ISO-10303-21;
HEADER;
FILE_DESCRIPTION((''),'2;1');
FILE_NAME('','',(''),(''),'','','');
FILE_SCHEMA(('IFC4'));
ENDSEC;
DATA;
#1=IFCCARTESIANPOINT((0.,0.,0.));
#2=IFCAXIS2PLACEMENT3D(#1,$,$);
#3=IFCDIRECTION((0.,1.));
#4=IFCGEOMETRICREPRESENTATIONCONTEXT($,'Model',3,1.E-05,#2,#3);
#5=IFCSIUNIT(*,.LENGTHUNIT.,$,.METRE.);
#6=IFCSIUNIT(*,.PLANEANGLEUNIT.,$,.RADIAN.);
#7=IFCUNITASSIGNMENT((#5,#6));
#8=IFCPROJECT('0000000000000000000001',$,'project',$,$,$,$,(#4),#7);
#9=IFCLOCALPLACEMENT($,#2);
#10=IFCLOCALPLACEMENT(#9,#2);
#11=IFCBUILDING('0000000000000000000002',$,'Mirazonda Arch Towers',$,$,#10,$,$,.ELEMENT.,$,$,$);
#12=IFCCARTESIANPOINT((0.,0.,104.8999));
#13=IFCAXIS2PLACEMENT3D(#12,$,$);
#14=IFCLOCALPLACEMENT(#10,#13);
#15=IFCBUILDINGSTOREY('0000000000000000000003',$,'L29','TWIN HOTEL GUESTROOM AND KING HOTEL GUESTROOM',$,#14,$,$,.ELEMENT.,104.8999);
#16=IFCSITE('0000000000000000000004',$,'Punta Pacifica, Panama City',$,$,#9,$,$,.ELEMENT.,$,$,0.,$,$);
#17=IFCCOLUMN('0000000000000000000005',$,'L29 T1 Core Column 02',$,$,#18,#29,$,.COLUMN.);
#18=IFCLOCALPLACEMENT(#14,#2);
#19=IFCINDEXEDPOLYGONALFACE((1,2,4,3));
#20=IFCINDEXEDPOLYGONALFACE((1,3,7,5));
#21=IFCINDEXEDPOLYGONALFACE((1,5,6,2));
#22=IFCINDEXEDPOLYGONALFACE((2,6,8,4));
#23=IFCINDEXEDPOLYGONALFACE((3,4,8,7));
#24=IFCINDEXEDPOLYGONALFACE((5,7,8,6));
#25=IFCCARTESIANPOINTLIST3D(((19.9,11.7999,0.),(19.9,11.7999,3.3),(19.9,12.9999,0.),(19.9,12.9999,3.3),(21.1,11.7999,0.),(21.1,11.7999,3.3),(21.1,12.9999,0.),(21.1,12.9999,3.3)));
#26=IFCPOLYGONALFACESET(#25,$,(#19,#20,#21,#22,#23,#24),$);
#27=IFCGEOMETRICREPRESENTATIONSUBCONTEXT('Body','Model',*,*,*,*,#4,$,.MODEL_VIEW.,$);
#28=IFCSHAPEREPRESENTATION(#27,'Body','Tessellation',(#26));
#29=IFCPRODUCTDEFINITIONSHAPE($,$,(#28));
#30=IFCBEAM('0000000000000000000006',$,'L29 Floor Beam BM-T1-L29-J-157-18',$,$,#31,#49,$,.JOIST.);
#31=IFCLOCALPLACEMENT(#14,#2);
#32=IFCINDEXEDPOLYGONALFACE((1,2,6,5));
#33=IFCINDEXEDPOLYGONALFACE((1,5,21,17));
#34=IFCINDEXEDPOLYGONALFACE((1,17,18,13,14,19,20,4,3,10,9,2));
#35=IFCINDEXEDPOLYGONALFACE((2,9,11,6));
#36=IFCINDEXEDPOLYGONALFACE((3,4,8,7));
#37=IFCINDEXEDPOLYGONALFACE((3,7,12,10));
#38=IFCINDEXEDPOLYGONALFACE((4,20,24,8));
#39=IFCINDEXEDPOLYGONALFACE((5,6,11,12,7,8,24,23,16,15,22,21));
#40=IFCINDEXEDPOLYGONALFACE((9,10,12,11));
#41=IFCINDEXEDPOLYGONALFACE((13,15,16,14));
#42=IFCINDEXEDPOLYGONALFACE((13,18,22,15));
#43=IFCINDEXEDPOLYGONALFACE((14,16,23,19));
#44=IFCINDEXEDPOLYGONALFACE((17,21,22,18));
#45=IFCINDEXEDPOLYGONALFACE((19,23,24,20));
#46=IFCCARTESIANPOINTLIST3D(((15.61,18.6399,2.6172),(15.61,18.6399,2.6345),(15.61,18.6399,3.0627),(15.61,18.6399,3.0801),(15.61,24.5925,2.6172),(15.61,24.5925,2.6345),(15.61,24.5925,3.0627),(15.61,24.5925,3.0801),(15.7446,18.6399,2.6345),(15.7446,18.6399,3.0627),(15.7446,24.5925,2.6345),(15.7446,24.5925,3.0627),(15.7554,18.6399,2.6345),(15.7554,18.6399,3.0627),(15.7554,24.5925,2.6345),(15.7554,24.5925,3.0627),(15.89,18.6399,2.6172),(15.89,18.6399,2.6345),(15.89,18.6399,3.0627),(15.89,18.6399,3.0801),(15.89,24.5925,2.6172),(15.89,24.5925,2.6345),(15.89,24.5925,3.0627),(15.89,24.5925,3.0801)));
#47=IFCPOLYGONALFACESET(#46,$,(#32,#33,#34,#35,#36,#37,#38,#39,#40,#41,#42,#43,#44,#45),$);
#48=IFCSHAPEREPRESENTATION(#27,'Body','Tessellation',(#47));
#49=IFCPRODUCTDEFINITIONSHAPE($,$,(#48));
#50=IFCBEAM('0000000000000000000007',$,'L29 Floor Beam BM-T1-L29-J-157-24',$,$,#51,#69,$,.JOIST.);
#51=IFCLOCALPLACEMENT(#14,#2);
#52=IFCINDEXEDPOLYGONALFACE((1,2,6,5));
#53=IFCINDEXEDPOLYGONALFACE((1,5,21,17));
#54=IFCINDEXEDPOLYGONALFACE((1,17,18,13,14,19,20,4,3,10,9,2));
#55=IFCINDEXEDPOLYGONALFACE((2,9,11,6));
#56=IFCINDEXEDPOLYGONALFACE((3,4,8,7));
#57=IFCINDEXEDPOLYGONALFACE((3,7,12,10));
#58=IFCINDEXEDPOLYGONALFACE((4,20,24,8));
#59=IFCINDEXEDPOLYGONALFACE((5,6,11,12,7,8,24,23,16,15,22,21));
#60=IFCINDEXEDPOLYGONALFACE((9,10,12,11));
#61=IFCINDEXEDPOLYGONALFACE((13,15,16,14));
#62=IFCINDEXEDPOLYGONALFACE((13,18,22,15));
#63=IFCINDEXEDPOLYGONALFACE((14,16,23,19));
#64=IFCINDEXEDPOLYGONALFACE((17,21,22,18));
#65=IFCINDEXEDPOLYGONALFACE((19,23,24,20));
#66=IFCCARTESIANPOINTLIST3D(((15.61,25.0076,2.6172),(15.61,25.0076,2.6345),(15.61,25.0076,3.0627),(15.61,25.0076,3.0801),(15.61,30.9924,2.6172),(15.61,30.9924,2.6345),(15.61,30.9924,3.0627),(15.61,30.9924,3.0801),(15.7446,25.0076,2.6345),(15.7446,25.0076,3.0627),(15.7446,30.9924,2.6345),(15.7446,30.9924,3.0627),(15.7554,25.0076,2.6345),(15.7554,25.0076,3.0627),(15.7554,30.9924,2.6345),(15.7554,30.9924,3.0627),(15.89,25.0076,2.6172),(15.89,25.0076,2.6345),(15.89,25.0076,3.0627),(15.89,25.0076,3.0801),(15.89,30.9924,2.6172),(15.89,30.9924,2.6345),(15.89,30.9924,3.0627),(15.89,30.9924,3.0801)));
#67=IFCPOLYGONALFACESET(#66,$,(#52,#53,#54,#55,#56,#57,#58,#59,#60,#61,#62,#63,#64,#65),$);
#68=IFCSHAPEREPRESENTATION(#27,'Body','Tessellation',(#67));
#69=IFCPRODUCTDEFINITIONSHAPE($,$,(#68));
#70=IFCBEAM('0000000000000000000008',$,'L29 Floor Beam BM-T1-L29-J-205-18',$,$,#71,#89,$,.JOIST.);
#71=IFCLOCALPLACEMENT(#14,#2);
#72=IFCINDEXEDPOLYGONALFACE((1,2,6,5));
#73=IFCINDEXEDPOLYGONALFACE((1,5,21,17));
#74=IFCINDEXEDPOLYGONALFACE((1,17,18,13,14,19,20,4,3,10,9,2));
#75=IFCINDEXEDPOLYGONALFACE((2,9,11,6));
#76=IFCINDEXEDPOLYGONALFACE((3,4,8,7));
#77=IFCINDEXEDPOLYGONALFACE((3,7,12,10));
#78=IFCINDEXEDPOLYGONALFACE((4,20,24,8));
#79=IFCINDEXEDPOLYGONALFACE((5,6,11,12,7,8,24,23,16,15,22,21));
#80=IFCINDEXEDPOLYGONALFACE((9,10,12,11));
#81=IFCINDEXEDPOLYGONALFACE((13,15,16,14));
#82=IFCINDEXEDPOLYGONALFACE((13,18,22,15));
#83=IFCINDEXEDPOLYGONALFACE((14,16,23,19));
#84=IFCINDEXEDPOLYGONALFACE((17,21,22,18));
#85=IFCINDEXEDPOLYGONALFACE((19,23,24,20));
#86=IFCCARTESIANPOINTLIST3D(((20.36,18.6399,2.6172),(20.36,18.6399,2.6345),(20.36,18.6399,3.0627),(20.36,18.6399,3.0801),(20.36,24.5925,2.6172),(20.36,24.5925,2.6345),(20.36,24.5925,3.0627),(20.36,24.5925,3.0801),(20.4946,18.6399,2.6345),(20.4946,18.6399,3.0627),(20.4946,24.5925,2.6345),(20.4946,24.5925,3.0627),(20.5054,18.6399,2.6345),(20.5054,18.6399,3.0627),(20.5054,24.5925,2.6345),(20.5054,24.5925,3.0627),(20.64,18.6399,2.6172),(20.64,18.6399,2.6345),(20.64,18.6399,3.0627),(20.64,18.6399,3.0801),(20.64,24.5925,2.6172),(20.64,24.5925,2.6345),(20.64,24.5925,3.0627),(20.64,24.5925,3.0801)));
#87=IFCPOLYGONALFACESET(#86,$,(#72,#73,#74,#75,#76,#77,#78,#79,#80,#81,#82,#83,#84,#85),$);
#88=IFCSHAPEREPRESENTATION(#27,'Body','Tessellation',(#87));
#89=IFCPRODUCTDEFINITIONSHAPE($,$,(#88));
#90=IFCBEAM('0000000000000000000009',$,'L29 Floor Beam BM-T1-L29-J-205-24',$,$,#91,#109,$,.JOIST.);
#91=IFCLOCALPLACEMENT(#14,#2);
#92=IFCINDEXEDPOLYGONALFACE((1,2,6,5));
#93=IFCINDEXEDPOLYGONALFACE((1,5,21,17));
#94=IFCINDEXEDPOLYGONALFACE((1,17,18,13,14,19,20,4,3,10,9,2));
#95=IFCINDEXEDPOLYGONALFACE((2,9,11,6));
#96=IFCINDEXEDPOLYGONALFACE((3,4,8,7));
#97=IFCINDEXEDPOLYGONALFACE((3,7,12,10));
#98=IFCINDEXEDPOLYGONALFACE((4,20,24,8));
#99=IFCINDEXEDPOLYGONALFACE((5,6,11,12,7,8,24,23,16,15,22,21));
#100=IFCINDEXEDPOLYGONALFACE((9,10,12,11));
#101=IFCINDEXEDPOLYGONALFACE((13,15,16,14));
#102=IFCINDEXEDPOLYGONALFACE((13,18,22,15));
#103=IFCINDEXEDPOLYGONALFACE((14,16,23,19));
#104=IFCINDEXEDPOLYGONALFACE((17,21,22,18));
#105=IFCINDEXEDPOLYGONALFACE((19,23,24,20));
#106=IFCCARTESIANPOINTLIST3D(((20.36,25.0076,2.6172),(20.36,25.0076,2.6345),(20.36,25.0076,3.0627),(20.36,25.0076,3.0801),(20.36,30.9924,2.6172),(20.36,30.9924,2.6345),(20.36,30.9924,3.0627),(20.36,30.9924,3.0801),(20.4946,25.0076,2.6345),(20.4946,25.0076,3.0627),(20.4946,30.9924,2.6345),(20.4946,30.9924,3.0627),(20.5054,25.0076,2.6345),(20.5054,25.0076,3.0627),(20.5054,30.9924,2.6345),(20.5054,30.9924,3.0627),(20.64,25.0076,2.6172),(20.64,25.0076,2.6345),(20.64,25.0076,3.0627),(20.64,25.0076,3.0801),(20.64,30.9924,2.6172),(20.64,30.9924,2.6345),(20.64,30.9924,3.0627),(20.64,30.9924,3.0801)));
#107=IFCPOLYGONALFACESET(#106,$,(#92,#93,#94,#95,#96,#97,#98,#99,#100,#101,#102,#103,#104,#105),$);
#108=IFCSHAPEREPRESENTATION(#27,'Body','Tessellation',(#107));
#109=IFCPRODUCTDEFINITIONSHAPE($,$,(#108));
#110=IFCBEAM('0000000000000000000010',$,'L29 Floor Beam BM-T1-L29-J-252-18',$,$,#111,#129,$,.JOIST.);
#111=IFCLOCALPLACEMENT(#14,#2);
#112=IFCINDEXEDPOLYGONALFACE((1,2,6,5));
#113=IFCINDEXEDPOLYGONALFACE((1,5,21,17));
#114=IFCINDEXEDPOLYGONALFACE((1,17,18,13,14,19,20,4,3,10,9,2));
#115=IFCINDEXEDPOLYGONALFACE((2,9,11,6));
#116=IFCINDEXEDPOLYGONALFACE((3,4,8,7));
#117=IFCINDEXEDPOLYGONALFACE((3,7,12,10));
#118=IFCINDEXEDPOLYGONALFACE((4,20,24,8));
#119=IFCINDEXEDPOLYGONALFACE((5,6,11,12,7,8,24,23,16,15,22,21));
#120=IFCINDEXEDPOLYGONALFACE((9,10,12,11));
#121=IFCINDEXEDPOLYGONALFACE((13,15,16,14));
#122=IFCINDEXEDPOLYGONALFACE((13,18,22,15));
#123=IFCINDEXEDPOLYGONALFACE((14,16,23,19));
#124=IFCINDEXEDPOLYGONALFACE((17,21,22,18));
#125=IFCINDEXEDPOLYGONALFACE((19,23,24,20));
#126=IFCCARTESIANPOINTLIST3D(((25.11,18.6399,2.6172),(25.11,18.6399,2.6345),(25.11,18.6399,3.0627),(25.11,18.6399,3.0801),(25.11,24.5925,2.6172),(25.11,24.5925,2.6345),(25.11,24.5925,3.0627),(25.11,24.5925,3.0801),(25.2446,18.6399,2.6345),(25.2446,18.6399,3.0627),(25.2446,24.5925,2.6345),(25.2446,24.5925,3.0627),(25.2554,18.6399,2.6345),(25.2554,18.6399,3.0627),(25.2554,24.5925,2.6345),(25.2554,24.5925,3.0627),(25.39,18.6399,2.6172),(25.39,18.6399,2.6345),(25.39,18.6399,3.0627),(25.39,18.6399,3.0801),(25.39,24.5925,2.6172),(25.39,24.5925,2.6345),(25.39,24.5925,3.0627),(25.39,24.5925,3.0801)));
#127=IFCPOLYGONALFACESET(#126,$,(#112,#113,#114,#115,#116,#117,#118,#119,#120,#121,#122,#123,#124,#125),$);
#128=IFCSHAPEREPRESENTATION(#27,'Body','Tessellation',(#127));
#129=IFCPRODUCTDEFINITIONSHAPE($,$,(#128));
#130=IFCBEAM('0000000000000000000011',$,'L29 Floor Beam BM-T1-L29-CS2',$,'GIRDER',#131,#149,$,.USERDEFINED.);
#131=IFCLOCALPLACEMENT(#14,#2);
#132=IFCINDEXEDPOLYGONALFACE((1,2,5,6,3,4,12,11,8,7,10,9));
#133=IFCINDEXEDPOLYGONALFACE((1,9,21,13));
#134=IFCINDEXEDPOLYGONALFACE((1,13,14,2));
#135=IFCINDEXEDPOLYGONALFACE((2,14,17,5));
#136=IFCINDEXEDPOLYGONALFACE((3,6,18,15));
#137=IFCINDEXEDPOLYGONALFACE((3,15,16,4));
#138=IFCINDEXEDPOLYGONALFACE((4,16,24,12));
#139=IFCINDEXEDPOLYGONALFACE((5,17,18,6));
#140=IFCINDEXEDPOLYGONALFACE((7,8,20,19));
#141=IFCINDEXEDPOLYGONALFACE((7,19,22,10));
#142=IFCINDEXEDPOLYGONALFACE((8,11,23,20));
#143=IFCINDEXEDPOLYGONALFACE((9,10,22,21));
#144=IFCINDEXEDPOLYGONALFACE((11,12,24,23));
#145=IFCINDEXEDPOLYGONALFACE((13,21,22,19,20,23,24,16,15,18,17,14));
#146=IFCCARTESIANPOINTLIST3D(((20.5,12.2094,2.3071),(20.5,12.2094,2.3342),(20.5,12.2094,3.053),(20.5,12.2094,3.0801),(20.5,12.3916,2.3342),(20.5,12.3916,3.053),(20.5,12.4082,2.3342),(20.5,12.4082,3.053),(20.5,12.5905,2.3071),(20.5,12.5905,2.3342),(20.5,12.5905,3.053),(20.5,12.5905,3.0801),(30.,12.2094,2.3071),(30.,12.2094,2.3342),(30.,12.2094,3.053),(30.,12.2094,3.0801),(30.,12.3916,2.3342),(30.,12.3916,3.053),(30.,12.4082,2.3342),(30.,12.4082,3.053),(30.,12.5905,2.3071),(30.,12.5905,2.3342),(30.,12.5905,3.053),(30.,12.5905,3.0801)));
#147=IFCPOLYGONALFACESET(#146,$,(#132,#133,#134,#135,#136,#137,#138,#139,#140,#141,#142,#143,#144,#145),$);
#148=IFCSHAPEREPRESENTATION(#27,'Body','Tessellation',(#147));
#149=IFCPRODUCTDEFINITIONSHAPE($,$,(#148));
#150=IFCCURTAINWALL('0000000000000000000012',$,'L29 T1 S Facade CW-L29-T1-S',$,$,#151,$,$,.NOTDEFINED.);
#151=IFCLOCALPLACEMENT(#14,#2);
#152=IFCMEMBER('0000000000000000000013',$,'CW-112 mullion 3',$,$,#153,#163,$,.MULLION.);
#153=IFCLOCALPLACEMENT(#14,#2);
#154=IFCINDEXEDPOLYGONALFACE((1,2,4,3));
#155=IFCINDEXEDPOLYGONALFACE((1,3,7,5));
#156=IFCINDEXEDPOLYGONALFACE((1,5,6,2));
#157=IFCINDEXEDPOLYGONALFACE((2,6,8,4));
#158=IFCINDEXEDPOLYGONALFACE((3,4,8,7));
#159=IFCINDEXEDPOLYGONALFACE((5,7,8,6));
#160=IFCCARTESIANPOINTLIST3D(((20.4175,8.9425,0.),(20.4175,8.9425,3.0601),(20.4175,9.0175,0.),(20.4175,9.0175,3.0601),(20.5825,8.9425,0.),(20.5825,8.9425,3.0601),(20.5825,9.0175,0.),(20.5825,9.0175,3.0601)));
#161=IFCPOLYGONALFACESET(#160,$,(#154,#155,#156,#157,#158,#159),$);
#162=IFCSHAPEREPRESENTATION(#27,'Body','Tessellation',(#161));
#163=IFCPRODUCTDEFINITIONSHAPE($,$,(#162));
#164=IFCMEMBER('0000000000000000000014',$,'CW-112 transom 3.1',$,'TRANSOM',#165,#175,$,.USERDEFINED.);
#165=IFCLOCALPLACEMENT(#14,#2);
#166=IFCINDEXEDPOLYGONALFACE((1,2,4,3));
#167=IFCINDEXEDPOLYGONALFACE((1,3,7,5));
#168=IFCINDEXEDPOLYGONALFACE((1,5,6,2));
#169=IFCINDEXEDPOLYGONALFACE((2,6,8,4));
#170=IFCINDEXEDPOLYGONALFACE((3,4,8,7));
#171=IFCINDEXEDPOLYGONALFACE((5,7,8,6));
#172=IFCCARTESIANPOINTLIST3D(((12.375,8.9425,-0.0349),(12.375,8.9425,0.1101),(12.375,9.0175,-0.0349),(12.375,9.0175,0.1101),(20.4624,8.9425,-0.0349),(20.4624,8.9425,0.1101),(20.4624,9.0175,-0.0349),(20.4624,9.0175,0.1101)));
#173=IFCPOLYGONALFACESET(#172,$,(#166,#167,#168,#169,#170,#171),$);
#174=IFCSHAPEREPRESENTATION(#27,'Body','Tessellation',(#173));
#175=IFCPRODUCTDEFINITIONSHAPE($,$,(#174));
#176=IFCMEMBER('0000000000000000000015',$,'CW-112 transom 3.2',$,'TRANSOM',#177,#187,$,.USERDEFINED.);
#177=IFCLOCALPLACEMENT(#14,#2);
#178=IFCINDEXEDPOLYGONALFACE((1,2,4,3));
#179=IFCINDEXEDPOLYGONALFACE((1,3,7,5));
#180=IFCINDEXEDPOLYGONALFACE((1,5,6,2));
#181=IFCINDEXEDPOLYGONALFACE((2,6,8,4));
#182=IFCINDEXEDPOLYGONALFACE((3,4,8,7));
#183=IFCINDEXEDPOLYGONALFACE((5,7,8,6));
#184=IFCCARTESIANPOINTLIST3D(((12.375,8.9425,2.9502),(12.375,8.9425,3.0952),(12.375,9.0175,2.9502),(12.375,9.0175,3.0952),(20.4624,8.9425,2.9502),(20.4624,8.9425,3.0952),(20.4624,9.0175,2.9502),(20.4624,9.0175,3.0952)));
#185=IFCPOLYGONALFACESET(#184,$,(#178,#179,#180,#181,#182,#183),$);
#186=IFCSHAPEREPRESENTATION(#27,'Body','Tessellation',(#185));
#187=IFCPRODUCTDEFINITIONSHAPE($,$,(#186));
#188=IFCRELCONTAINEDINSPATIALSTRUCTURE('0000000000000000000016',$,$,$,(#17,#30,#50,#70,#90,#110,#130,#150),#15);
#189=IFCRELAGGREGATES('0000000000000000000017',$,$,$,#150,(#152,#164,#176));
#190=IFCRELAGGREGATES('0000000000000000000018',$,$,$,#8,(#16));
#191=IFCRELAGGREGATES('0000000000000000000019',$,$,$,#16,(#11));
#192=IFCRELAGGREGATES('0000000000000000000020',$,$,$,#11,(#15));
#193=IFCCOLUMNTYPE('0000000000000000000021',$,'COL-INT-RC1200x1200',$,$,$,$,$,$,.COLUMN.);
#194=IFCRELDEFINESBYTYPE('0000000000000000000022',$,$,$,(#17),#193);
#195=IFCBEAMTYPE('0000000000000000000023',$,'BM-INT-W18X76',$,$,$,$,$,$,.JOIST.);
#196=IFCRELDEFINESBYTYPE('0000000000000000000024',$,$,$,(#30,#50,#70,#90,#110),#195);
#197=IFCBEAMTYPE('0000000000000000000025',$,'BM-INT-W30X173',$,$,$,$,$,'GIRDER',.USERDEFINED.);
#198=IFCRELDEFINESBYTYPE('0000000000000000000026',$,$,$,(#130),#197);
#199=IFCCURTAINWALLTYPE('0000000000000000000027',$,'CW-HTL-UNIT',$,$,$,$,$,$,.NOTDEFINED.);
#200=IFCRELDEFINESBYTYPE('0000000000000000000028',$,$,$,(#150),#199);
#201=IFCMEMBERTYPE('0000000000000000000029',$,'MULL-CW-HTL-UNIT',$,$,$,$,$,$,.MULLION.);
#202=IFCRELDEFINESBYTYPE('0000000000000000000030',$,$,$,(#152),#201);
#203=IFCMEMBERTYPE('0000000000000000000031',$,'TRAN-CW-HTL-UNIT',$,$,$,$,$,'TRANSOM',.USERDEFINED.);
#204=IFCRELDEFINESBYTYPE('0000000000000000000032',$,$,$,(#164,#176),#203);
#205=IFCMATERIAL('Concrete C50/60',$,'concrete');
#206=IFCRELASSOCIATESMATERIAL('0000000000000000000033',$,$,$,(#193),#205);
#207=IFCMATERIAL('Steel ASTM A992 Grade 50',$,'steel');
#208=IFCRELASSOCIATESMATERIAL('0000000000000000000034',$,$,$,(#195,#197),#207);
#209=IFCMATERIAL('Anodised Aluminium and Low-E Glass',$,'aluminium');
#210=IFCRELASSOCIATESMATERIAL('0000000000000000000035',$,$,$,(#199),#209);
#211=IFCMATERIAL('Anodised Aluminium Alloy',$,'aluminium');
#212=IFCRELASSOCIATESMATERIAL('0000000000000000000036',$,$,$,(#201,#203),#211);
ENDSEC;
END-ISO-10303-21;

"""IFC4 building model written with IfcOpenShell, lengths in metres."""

from ifc_helpers import new_model, si_unit, direction, frame, origin, origin_2d, place, context, subcontext, project, spatial, rectangle, i_section, extrude, material, material_profile, profile_set, type_object, element, aggregate, save


model = new_model("IFC4")

# Units and contexts
model_context = context("Model", 3, precision=1e-05, world=origin(), true_north=direction((0.0, 1.0)))
body_context = subcontext(model_context, "Body", "Model", "MODEL_VIEW")
ifc_project = project(units=[si_unit("LENGTHUNIT", "METRE"), si_unit("PLANEANGLEUNIT", "RADIAN")], contexts=[model_context])

# Site, building, storey
site_placement = place(None, origin())
site = spatial("IfcSite", under=ifc_project, at=site_placement, Name="Punta Pacifica, Panama City", CompositionType="ELEMENT", RefElevation=0.0)
building_placement = place(site_placement, origin())
building = spatial("IfcBuilding", under=site, at=building_placement, Name="Mirazonda Arch Towers", CompositionType="ELEMENT")
storey_placement = place(building_placement, frame((0.0, 0.0, 104.8999)))
storey = spatial("IfcBuildingStorey", under=building, at=storey_placement, Name="L29", Description="TWIN HOTEL GUESTROOM AND KING HOTEL GUESTROOM", CompositionType="ELEMENT", Elevation=104.8999)

# Column
ifc_material_1 = material(Name="Concrete C50/60", Category="concrete")
ifc_material_profile_1 = material_profile(ifc_material_1, rectangle(XDim=1.2, YDim=1.2, at=origin_2d()), Name="RC1200x1200")
ifc_profile_set_1 = profile_set([ifc_material_profile_1], Name="Concrete C50/60")
column_type = type_object("IfcColumnType", Name="COL-INT-RC1200x1200", PredefinedType="COLUMN", material=ifc_profile_set_1)
column_placement = place(storey_placement, frame((20.5, 12.3999, 0.0), z_axis=(0.0, 0.0, 1.0), x_axis=(1.0, 0.0, 0.0)))
element("IfcColumn", 1, at=column_placement, inside=storey, type_object=column_type, Name="L29 T1 Core Column 02", PredefinedType="COLUMN", context=body_context, shape_type="SweptSolid", body=[
    extrude(rectangle(XDim=1.2, YDim=1.2, at=origin_2d()), origin(), (0.0, 0.0, 1.0), 3.3),
])

# Beams
ifc_material_2 = material(Name="Steel ASTM A992 Grade 50", Category="steel")
ifc_material_profile_2 = material_profile(ifc_material_2, i_section(OverallWidth=0.28, OverallDepth=0.4629, WebThickness=0.0107, FlangeThickness=0.0173, at=origin_2d()), Name="W18X76")
ifc_profile_set_2 = profile_set([ifc_material_profile_2], Name="Steel ASTM A992 Grade 50")
beam_type_1 = type_object("IfcBeamType", Name="BM-INT-W18X76", PredefinedType="JOIST", material=ifc_profile_set_2)
beam_1_placement = place(storey_placement, frame((15.75, 18.6399, 2.8486), z_axis=(0.0, 1.0, 0.0), x_axis=(-1.0, 0.0, 0.0)))
element("IfcBeam", 2, at=beam_1_placement, inside=storey, type_object=beam_type_1, Name="L29 Floor Beam BM-T1-L29-J-157-18", PredefinedType="JOIST", context=body_context, shape_type="SweptSolid", body=[
    extrude(i_section(OverallWidth=0.28, OverallDepth=0.4629, WebThickness=0.0107, FlangeThickness=0.0173, at=origin_2d()), origin(), (0.0, 0.0, 1.0), 5.9526),
])
beam_2_placement = place(storey_placement, frame((15.75, 25.0076, 2.8486), z_axis=(0.0, 1.0, 0.0), x_axis=(-1.0, 0.0, 0.0)))
element("IfcBeam", 3, at=beam_2_placement, inside=storey, type_object=beam_type_1, Name="L29 Floor Beam BM-T1-L29-J-157-24", PredefinedType="JOIST", context=body_context, shape_type="SweptSolid", body=[
    extrude(i_section(OverallWidth=0.28, OverallDepth=0.4629, WebThickness=0.0107, FlangeThickness=0.0173, at=origin_2d()), origin(), (0.0, 0.0, 1.0), 5.9849),
])
beam_3_placement = place(storey_placement, frame((20.5, 18.6399, 2.8486), z_axis=(0.0, 1.0, 0.0), x_axis=(-1.0, 0.0, 0.0)))
element("IfcBeam", 4, at=beam_3_placement, inside=storey, type_object=beam_type_1, Name="L29 Floor Beam BM-T1-L29-J-205-18", PredefinedType="JOIST", context=body_context, shape_type="SweptSolid", body=[
    extrude(i_section(OverallWidth=0.28, OverallDepth=0.4629, WebThickness=0.0107, FlangeThickness=0.0173, at=origin_2d()), origin(), (0.0, 0.0, 1.0), 5.9526),
])
beam_4_placement = place(storey_placement, frame((20.5, 25.0076, 2.8486), z_axis=(0.0, 1.0, 0.0), x_axis=(-1.0, 0.0, 0.0)))
element("IfcBeam", 5, at=beam_4_placement, inside=storey, type_object=beam_type_1, Name="L29 Floor Beam BM-T1-L29-J-205-24", PredefinedType="JOIST", context=body_context, shape_type="SweptSolid", body=[
    extrude(i_section(OverallWidth=0.28, OverallDepth=0.4629, WebThickness=0.0107, FlangeThickness=0.0173, at=origin_2d()), origin(), (0.0, 0.0, 1.0), 5.9849),
])
beam_5_placement = place(storey_placement, frame((25.25, 18.6399, 2.8486), z_axis=(0.0, 1.0, 0.0), x_axis=(-1.0, 0.0, 0.0)))
element("IfcBeam", 6, at=beam_5_placement, inside=storey, type_object=beam_type_1, Name="L29 Floor Beam BM-T1-L29-J-252-18", PredefinedType="JOIST", context=body_context, shape_type="SweptSolid", body=[
    extrude(i_section(OverallWidth=0.28, OverallDepth=0.4629, WebThickness=0.0107, FlangeThickness=0.0173, at=origin_2d()), origin(), (0.0, 0.0, 1.0), 5.9526),
])
ifc_material_profile_3 = material_profile(ifc_material_2, i_section(OverallWidth=0.3811, OverallDepth=0.7729, WebThickness=0.0166, FlangeThickness=0.0271, at=origin_2d()), Name="W30X173")
ifc_profile_set_3 = profile_set([ifc_material_profile_3], Name="Steel ASTM A992 Grade 50")
beam_type_2 = type_object("IfcBeamType", Name="BM-INT-W30X173", ElementType="GIRDER", PredefinedType="USERDEFINED", material=ifc_profile_set_3)
beam_6_placement = place(storey_placement, frame((20.5, 12.3999, 2.6936), z_axis=(1.0, 0.0, 0.0), x_axis=(0.0, 1.0, 0.0)))
element("IfcBeam", 7, at=beam_6_placement, inside=storey, type_object=beam_type_2, Name="L29 Floor Beam BM-T1-L29-CS2", ObjectType="GIRDER", PredefinedType="USERDEFINED", context=body_context, shape_type="SweptSolid", body=[
    extrude(i_section(OverallWidth=0.3811, OverallDepth=0.7729, WebThickness=0.0166, FlangeThickness=0.0271, at=origin_2d()), origin(), (0.0, 0.0, 1.0), 9.5),
])

# Curtain wall, members
ifc_material_3 = material(Name="Anodised Aluminium and Low-E Glass", Category="aluminium")
curtain_wall_type = type_object("IfcCurtainWallType", Name="CW-HTL-UNIT", PredefinedType="NOTDEFINED", material=ifc_material_3)
curtain_wall_placement = place(storey_placement, origin())
curtain_wall = element("IfcCurtainWall", 8, at=curtain_wall_placement, inside=storey, type_object=curtain_wall_type, Name="L29 T1 S Facade CW-L29-T1-S", PredefinedType="NOTDEFINED")
ifc_material_4 = material(Name="Anodised Aluminium Alloy", Category="aluminium")
ifc_material_profile_4 = material_profile(ifc_material_4, rectangle(XDim=0.075, YDim=0.165, at=origin_2d()), Name="ALU-MULL-75x165")
ifc_profile_set_4 = profile_set([ifc_material_profile_4], Name="Anodised Aluminium Alloy")
member_type_1 = type_object("IfcMemberType", Name="MULL-CW-HTL-UNIT", PredefinedType="MULLION", material=ifc_profile_set_4)
member_1_placement = place(storey_placement, frame((20.5, 8.98, 0.0), z_axis=(0.0, 0.0, 1.0), x_axis=(0.0, -1.0, 0.0)))
member_1 = element("IfcMember", 9, at=member_1_placement, type_object=member_type_1, Name="CW-112 mullion 3", PredefinedType="MULLION", context=body_context, shape_type="SweptSolid", body=[
    extrude(rectangle(XDim=0.075, YDim=0.165, at=origin_2d()), origin(), (0.0, 0.0, 1.0), 3.0601),
])
ifc_material_profile_5 = material_profile(ifc_material_4, rectangle(XDim=0.075, YDim=0.145, at=origin_2d()), Name="ALU-TRAN-75x145")
ifc_profile_set_5 = profile_set([ifc_material_profile_5], Name="Anodised Aluminium Alloy")
member_type_2 = type_object("IfcMemberType", Name="TRAN-CW-HTL-UNIT", ElementType="TRANSOM", PredefinedType="USERDEFINED", material=ifc_profile_set_5)
member_2_placement = place(storey_placement, frame((20.4624, 8.98, 0.0376), z_axis=(-1.0, 0.0, 0.0), x_axis=(0.0, -1.0, 0.0)))
member_2 = element("IfcMember", 10, at=member_2_placement, type_object=member_type_2, Name="CW-112 transom 3.1", ObjectType="TRANSOM", PredefinedType="USERDEFINED", context=body_context, shape_type="SweptSolid", body=[
    extrude(rectangle(XDim=0.075, YDim=0.145, at=origin_2d()), origin(), (0.0, 0.0, 1.0), 8.0874),
])
member_3_placement = place(storey_placement, frame((20.4624, 8.98, 3.0227), z_axis=(-1.0, 0.0, 0.0), x_axis=(0.0, -1.0, 0.0)))
member_3 = element("IfcMember", 11, at=member_3_placement, type_object=member_type_2, Name="CW-112 transom 3.2", ObjectType="TRANSOM", PredefinedType="USERDEFINED", context=body_context, shape_type="SweptSolid", body=[
    extrude(rectangle(XDim=0.075, YDim=0.145, at=origin_2d()), origin(), (0.0, 0.0, 1.0), 8.0874),
])
aggregate(curtain_wall, [member_1, member_2, member_3])

save(model, "model.ifc")
